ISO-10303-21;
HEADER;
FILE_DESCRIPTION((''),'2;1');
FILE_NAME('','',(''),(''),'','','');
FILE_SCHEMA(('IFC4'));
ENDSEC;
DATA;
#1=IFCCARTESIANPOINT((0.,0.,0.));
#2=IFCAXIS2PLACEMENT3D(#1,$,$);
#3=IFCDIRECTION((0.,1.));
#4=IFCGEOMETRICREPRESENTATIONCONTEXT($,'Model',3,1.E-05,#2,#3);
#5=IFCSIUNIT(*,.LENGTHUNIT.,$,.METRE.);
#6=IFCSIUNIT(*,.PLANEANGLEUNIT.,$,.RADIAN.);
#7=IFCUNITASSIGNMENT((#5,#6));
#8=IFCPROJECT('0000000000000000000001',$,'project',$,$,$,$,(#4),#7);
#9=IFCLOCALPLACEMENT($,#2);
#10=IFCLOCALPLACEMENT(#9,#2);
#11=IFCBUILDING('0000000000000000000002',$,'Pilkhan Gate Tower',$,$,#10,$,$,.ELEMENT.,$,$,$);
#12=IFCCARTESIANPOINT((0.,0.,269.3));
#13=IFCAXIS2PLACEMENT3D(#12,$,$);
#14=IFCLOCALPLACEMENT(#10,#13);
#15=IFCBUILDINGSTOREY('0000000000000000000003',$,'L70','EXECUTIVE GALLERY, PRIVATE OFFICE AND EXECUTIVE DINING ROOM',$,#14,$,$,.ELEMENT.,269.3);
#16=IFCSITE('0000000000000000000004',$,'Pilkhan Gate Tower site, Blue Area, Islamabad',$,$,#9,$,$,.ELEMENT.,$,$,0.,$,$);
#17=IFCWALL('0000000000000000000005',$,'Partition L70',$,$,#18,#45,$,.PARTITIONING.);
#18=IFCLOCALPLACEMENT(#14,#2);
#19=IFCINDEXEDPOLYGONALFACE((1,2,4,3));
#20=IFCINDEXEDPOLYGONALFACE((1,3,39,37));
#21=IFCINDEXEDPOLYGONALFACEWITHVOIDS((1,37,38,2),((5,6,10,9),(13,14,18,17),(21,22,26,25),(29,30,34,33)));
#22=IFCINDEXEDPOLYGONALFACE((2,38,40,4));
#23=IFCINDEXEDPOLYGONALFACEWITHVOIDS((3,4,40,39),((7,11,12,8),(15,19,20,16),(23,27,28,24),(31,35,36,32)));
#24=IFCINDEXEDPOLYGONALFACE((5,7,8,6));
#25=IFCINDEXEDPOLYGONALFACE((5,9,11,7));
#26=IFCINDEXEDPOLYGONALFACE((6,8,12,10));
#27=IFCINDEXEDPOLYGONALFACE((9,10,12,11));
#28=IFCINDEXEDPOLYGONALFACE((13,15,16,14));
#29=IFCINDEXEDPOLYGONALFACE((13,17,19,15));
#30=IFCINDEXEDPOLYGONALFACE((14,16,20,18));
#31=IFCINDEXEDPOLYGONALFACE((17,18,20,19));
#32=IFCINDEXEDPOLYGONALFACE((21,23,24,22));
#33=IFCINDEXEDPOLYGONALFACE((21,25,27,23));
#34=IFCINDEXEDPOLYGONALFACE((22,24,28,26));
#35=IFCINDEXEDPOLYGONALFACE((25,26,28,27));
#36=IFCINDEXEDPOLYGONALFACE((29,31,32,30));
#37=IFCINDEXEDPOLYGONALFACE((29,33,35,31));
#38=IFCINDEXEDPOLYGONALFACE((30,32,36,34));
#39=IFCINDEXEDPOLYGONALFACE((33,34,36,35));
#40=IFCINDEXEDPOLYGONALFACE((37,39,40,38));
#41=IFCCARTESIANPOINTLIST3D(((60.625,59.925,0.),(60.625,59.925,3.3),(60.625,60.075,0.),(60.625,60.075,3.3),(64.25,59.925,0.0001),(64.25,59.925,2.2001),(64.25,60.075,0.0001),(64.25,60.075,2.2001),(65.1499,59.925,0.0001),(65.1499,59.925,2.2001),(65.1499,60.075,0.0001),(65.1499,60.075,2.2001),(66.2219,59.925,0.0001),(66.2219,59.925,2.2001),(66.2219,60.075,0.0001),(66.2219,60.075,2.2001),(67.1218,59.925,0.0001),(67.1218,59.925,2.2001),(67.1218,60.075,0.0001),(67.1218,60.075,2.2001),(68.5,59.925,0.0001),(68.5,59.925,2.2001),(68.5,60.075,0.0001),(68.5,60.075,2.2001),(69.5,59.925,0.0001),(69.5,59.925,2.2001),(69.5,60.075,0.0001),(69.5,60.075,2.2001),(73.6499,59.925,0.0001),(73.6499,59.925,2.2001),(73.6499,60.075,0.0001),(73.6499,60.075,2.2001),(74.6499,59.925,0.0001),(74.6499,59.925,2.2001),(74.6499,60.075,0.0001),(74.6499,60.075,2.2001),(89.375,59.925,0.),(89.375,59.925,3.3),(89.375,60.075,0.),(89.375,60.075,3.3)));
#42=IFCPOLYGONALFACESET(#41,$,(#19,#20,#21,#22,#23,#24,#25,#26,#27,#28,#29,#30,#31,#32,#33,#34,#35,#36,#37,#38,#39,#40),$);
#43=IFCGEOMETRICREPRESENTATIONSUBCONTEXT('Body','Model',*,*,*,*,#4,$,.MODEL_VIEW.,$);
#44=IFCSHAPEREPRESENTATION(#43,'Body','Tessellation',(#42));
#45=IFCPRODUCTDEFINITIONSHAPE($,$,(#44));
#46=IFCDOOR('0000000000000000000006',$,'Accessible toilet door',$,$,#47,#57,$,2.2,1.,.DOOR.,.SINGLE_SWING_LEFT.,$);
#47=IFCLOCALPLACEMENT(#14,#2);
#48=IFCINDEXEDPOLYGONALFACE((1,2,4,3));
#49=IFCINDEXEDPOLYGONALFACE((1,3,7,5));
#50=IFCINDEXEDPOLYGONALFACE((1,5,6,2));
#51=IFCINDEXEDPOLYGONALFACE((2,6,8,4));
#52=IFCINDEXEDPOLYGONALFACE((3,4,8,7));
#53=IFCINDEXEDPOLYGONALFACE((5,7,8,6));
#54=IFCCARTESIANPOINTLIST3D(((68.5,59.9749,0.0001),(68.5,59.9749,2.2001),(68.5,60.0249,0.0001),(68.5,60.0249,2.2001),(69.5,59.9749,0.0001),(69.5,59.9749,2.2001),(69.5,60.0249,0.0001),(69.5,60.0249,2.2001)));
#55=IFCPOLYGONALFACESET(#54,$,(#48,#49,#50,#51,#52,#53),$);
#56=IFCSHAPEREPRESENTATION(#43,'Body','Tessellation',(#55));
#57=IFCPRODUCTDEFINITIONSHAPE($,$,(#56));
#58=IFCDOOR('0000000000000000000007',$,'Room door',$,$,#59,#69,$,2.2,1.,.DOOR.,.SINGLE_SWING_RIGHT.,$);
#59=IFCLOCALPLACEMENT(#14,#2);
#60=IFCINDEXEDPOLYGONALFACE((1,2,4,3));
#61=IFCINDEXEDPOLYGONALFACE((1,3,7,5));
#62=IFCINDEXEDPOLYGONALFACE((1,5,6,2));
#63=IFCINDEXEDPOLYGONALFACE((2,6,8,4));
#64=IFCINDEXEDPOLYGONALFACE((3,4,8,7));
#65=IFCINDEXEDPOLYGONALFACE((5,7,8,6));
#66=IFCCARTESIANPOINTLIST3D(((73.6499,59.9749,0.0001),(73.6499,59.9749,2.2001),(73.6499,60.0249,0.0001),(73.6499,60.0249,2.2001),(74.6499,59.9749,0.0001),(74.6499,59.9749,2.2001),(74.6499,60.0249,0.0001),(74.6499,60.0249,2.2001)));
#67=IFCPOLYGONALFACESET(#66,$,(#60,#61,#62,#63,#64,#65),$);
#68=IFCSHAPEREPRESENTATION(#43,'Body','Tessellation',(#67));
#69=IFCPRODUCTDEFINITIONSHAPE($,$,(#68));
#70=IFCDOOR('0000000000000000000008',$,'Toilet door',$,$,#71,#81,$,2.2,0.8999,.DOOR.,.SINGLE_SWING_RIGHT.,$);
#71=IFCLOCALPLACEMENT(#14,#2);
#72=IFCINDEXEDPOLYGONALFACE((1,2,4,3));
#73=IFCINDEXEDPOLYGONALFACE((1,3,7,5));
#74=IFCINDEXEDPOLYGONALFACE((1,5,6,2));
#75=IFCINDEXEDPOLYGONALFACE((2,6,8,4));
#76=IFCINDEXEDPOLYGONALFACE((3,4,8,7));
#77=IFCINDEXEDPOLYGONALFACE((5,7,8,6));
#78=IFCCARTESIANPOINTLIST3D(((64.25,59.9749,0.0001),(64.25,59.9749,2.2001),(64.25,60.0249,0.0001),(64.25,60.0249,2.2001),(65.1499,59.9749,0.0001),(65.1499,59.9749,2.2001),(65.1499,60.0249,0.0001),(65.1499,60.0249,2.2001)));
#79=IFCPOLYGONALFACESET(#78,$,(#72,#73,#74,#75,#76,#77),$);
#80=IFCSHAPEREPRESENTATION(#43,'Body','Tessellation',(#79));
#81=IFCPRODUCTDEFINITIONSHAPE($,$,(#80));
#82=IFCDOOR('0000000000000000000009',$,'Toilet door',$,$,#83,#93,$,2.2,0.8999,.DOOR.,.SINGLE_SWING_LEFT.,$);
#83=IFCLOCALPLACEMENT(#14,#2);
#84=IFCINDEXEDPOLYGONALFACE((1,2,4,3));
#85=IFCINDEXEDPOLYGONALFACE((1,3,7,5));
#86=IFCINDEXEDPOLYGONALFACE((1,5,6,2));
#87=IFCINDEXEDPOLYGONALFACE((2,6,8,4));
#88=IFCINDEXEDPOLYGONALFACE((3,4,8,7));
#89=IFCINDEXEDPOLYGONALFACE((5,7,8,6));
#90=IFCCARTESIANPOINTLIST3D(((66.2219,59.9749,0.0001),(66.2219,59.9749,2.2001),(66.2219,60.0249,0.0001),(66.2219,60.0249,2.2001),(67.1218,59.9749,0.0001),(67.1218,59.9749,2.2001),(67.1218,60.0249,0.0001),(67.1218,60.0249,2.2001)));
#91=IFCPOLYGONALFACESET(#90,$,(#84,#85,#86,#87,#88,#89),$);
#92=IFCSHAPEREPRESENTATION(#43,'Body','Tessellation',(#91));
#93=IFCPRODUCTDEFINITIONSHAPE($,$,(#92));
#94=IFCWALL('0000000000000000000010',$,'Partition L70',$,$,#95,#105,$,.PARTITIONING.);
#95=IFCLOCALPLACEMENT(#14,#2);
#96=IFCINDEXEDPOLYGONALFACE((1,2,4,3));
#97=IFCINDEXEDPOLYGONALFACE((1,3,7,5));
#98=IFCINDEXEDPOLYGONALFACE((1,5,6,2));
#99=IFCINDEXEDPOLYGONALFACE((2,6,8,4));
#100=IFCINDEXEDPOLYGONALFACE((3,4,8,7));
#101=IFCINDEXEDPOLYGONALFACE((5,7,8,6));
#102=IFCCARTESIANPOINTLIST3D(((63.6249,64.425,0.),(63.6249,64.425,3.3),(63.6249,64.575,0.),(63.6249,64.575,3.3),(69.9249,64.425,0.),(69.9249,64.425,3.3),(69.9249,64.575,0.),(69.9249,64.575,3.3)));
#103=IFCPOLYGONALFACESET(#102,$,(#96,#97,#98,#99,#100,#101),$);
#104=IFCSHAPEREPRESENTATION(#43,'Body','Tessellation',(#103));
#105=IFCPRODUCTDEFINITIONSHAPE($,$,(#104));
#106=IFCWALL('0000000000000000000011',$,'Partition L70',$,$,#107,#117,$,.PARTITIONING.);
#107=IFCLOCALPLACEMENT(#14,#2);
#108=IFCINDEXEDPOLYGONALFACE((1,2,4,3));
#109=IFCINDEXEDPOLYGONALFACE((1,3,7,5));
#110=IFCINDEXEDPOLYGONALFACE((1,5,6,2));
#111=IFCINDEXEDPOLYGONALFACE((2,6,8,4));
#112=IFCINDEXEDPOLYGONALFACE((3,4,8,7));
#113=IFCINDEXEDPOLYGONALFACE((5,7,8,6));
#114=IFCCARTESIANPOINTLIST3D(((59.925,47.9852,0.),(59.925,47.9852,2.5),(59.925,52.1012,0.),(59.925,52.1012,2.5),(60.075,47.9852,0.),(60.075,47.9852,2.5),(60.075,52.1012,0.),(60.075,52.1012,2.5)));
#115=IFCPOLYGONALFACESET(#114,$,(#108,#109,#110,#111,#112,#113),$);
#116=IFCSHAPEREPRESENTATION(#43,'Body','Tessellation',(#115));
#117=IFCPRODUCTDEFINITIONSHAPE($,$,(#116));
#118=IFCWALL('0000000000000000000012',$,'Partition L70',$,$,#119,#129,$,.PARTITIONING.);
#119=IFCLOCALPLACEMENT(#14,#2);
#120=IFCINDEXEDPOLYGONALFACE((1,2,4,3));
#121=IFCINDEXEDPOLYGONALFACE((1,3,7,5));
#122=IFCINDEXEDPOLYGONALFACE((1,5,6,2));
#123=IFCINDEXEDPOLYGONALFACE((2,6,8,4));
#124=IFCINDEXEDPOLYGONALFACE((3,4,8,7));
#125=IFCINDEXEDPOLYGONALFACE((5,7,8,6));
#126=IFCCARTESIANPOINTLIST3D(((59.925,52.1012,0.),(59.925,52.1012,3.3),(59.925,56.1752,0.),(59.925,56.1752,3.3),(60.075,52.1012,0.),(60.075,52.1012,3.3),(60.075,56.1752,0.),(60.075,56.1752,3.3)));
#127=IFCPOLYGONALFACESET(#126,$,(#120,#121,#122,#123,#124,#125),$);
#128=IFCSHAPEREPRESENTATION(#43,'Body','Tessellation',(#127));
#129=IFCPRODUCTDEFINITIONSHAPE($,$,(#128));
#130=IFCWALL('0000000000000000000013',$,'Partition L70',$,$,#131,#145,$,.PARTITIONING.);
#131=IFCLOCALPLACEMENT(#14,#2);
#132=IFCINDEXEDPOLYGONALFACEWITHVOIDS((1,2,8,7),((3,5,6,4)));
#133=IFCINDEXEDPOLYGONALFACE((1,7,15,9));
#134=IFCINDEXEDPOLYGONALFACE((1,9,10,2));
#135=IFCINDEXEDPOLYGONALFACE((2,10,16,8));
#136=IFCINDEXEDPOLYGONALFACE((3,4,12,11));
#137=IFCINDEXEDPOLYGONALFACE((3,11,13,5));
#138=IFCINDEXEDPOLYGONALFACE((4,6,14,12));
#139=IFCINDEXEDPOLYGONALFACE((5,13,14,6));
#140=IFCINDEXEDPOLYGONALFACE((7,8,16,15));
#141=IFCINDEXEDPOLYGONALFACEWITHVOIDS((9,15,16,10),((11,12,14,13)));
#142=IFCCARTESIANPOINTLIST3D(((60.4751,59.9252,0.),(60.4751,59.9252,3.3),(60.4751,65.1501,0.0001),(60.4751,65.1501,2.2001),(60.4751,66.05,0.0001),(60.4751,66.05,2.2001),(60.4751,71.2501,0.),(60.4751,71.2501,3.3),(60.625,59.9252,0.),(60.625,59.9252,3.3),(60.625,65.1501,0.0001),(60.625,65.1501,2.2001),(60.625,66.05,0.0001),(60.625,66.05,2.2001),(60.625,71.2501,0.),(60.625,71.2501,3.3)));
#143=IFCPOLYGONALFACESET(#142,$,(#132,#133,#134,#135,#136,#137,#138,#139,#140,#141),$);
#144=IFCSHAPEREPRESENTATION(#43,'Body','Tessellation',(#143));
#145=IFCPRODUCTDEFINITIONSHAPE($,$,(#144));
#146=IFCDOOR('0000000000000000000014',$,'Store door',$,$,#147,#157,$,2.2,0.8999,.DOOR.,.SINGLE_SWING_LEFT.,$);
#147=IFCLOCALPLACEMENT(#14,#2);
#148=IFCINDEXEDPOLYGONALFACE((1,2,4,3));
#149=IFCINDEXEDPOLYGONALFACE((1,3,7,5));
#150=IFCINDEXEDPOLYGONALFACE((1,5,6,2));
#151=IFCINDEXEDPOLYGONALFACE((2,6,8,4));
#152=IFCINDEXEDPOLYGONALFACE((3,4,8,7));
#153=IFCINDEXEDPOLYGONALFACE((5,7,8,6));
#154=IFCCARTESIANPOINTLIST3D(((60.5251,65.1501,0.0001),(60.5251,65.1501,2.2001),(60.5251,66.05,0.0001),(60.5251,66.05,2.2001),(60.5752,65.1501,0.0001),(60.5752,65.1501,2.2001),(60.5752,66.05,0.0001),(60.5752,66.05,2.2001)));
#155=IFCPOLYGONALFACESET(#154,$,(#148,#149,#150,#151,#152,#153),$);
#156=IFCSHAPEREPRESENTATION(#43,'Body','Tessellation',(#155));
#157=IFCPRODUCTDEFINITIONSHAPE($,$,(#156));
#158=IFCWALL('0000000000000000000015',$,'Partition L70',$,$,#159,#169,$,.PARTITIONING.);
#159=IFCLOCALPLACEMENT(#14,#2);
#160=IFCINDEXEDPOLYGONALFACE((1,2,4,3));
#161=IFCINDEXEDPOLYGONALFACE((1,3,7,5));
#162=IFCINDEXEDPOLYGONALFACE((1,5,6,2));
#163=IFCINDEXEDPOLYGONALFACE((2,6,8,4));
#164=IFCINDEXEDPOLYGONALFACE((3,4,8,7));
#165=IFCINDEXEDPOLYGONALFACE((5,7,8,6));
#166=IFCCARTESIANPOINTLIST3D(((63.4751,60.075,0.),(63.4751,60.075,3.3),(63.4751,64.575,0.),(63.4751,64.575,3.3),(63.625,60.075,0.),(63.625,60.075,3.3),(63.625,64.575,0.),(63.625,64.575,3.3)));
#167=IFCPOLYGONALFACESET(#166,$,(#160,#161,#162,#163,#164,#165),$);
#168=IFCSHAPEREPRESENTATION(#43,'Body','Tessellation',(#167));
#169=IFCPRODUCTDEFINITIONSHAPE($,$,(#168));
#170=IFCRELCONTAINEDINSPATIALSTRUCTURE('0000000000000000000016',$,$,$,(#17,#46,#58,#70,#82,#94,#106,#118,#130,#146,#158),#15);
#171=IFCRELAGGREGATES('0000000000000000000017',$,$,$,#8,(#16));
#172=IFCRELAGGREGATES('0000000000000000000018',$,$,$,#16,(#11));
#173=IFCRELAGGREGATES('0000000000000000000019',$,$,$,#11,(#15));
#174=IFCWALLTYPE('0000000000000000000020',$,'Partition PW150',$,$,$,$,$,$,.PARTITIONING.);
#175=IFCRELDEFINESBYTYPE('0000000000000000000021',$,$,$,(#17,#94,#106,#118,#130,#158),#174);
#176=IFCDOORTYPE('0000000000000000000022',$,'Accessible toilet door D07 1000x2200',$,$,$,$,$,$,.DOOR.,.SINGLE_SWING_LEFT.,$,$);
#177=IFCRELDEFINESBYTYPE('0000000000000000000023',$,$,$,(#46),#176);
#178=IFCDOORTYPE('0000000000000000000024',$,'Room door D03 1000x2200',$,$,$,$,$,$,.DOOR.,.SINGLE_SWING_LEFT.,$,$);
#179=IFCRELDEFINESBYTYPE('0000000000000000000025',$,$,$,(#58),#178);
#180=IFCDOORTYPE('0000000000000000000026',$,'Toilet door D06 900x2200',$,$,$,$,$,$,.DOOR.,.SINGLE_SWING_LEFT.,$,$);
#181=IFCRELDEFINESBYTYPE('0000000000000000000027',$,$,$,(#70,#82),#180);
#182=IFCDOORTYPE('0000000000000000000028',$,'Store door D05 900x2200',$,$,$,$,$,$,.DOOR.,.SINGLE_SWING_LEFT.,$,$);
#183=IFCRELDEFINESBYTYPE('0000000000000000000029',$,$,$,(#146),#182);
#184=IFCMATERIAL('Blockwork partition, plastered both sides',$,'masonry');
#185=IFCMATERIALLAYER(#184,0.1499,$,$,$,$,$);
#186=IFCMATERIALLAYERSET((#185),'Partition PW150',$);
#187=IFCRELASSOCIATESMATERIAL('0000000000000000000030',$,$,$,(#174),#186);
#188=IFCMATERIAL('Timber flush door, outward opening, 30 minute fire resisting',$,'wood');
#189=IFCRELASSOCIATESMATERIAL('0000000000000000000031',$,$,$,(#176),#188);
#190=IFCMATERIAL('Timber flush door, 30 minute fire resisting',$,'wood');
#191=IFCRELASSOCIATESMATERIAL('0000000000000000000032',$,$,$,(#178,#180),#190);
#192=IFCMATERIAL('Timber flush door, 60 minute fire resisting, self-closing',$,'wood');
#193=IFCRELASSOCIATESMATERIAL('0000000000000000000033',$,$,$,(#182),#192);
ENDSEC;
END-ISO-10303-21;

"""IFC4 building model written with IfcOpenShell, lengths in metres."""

from ifc_helpers import new_model, si_unit, direction, frame, frame_2d, origin, place, context, subcontext, project, spatial, rectangle, extrude, material, layer, layer_set, type_object, element, fill, save


model = new_model("IFC4")

# Units and contexts
model_context = context("Model", 3, precision=1e-05, world=origin(), true_north=direction((0.0, 1.0)))
body_context = subcontext(model_context, "Body", "Model", "MODEL_VIEW")
ifc_project = project(units=[si_unit("LENGTHUNIT", "METRE"), si_unit("PLANEANGLEUNIT", "RADIAN")], contexts=[model_context])

# Site, building, storey
site_placement = place(None, origin())
site = spatial("IfcSite", under=ifc_project, at=site_placement, Name="Pilkhan Gate Tower site, Blue Area, Islamabad", CompositionType="ELEMENT", RefElevation=0.0)
building_placement = place(site_placement, origin())
building = spatial("IfcBuilding", under=site, at=building_placement, Name="Pilkhan Gate Tower", CompositionType="ELEMENT")
storey_placement = place(building_placement, frame((0.0, 0.0, 269.3)))
storey = spatial("IfcBuildingStorey", under=building, at=storey_placement, Name="L70", Description="EXECUTIVE GALLERY, PRIVATE OFFICE AND EXECUTIVE DINING ROOM", CompositionType="ELEMENT", Elevation=269.3)

# Wall, openings, doors
ifc_material_1 = material(Name="Blockwork partition, plastered both sides", Category="masonry")
ifc_layer_1 = layer(ifc_material_1, 0.1499)
ifc_layer_set_1 = layer_set([ifc_layer_1], Name="Partition PW150")
wall_type_1 = type_object("IfcWallType", Name="Partition PW150", PredefinedType="PARTITIONING", material=ifc_layer_set_1)
wall_1_placement = place(storey_placement, frame((60.625, 60.0, 0.0), z_axis=(0.0, 0.0, 1.0), x_axis=(1.0, 0.0, 0.0)))
wall_1 = element("IfcWall", 1, at=wall_1_placement, inside=storey, type_object=wall_type_1, Name="Partition L70", PredefinedType="PARTITIONING", context=body_context, shape_type="SweptSolid", body=[
    extrude(rectangle(XDim=28.75, YDim=0.1499, at=frame_2d((14.375, 0.0))), origin(), (0.0, 0.0, 1.0), 3.3),
])
opening_1_placement = place(wall_1_placement, frame((3.625, 0.0, 0.0)))
opening_1 = element("IfcOpeningElement", 2, at=opening_1_placement, cuts=wall_1, PredefinedType="OPENING", context=body_context, shape_type="SweptSolid", body=[
    extrude(rectangle(XDim=0.8999, YDim=2.2, at=frame_2d((0.45, 1.1001))), frame((0.0, 0.085, 0.0), z_axis=(0.0, -1.0, 0.0), x_axis=(1.0, 0.0, 0.0)), (0.0, 0.0, 1.0), 0.1699),
])
opening_2_placement = place(wall_1_placement, frame((5.5969, 0.0, 0.0)))
opening_2 = element("IfcOpeningElement", 3, at=opening_2_placement, cuts=wall_1, PredefinedType="OPENING", context=body_context, shape_type="SweptSolid", body=[
    extrude(rectangle(XDim=0.8999, YDim=2.2, at=frame_2d((0.45, 1.1001))), frame((0.0, 0.085, 0.0), z_axis=(0.0, -1.0, 0.0), x_axis=(1.0, 0.0, 0.0)), (0.0, 0.0, 1.0), 0.1699),
])
opening_3_placement = place(wall_1_placement, frame((7.875, 0.0, 0.0)))
opening_3 = element("IfcOpeningElement", 4, at=opening_3_placement, cuts=wall_1, PredefinedType="OPENING", context=body_context, shape_type="SweptSolid", body=[
    extrude(rectangle(XDim=1.0, YDim=2.2, at=frame_2d((0.5, 1.1001))), frame((0.0, 0.085, 0.0), z_axis=(0.0, -1.0, 0.0), x_axis=(1.0, 0.0, 0.0)), (0.0, 0.0, 1.0), 0.1699),
])
opening_4_placement = place(wall_1_placement, frame((13.0249, 0.0, 0.0)))
opening_4 = element("IfcOpeningElement", 5, at=opening_4_placement, cuts=wall_1, PredefinedType="OPENING", context=body_context, shape_type="SweptSolid", body=[
    extrude(rectangle(XDim=1.0, YDim=2.2, at=frame_2d((0.5, 1.1001))), frame((0.0, 0.085, 0.0), z_axis=(0.0, -1.0, 0.0), x_axis=(1.0, 0.0, 0.0)), (0.0, 0.0, 1.0), 0.1699),
])
ifc_material_2 = material(Name="Timber flush door, outward opening, 30 minute fire resisting", Category="wood")
door_type_1 = type_object("IfcDoorType", Name="Accessible toilet door D07 1000x2200", OperationType="SINGLE_SWING_LEFT", PredefinedType="DOOR", material=ifc_material_2)
door_1_placement = place(opening_3_placement, origin())
door_1 = element("IfcDoor", 6, at=door_1_placement, inside=storey, type_object=door_type_1, Name="Accessible toilet door", OperationType="SINGLE_SWING_LEFT", OverallHeight=2.2, OverallWidth=1.0, PredefinedType="DOOR", context=body_context, shape_type="SweptSolid", body=[
    extrude(rectangle(XDim=1.0, YDim=2.2, at=frame_2d((0.5, 1.1001))), frame((0.0, 0.0249, 0.0), z_axis=(0.0, -1.0, 0.0), x_axis=(1.0, 0.0, 0.0)), (0.0, 0.0, 1.0), 0.05),
])
fill(opening_3, door_1)
ifc_material_3 = material(Name="Timber flush door, 30 minute fire resisting", Category="wood")
door_type_2 = type_object("IfcDoorType", Name="Room door D03 1000x2200", OperationType="SINGLE_SWING_LEFT", PredefinedType="DOOR", material=ifc_material_3)
door_2_placement = place(opening_4_placement, origin())
door_2 = element("IfcDoor", 7, at=door_2_placement, inside=storey, type_object=door_type_2, Name="Room door", OperationType="SINGLE_SWING_RIGHT", OverallHeight=2.2, OverallWidth=1.0, PredefinedType="DOOR", context=body_context, shape_type="SweptSolid", body=[
    extrude(rectangle(XDim=1.0, YDim=2.2, at=frame_2d((0.5, 1.1001))), frame((0.0, 0.0249, 0.0), z_axis=(0.0, -1.0, 0.0), x_axis=(1.0, 0.0, 0.0)), (0.0, 0.0, 1.0), 0.05),
])
fill(opening_4, door_2)
door_type_3 = type_object("IfcDoorType", Name="Toilet door D06 900x2200", OperationType="SINGLE_SWING_LEFT", PredefinedType="DOOR", material=ifc_material_3)
door_3_placement = place(opening_1_placement, origin())
door_3 = element("IfcDoor", 8, at=door_3_placement, inside=storey, type_object=door_type_3, Name="Toilet door", OperationType="SINGLE_SWING_RIGHT", OverallHeight=2.2, OverallWidth=0.8999, PredefinedType="DOOR", context=body_context, shape_type="SweptSolid", body=[
    extrude(rectangle(XDim=0.8999, YDim=2.2, at=frame_2d((0.45, 1.1001))), frame((0.0, 0.0249, 0.0), z_axis=(0.0, -1.0, 0.0), x_axis=(1.0, 0.0, 0.0)), (0.0, 0.0, 1.0), 0.05),
])
fill(opening_1, door_3)
door_4_placement = place(opening_2_placement, origin())
door_4 = element("IfcDoor", 9, at=door_4_placement, inside=storey, type_object=door_type_3, Name="Toilet door", OperationType="SINGLE_SWING_LEFT", OverallHeight=2.2, OverallWidth=0.8999, PredefinedType="DOOR", context=body_context, shape_type="SweptSolid", body=[
    extrude(rectangle(XDim=0.8999, YDim=2.2, at=frame_2d((0.45, 1.1001))), frame((0.0, 0.0249, 0.0), z_axis=(0.0, -1.0, 0.0), x_axis=(1.0, 0.0, 0.0)), (0.0, 0.0, 1.0), 0.05),
])
fill(opening_2, door_4)

# Walls
wall_2_placement = place(storey_placement, frame((63.625, 64.5, 0.0), z_axis=(0.0, 0.0, 1.0), x_axis=(1.0, 0.0, 0.0)))
element("IfcWall", 10, at=wall_2_placement, inside=storey, type_object=wall_type_1, Name="Partition L70", PredefinedType="PARTITIONING", context=body_context, shape_type="SweptSolid", body=[
    extrude(rectangle(XDim=6.3, YDim=0.1499, at=frame_2d((3.1499, 0.0))), origin(), (0.0, 0.0, 1.0), 3.3),
])
wall_3_placement = place(storey_placement, frame((60.0, 47.9851, 0.0), z_axis=(0.0, 0.0, 1.0), x_axis=(0.0, 1.0, 0.0)))
element("IfcWall", 11, at=wall_3_placement, inside=storey, type_object=wall_type_1, Name="Partition L70", PredefinedType="PARTITIONING", context=body_context, shape_type="SweptSolid", body=[
    extrude(rectangle(XDim=4.116, YDim=0.1499, at=frame_2d((2.0581, 0.0))), origin(), (0.0, 0.0, 1.0), 2.5),
])
wall_4_placement = place(storey_placement, frame((60.0, 52.1011, 0.0), z_axis=(0.0, 0.0, 1.0), x_axis=(0.0, 1.0, 0.0)))
element("IfcWall", 12, at=wall_4_placement, inside=storey, type_object=wall_type_1, Name="Partition L70", PredefinedType="PARTITIONING", context=body_context, shape_type="SweptSolid", body=[
    extrude(rectangle(XDim=4.074, YDim=0.1499, at=frame_2d((2.0371, 0.0))), origin(), (0.0, 0.0, 1.0), 3.3),
])

# Wall, opening, door
wall_5_placement = place(storey_placement, frame((60.55, 59.925, 0.0), z_axis=(0.0, 0.0, 1.0), x_axis=(0.0, 1.0, 0.0)))
wall_5 = element("IfcWall", 13, at=wall_5_placement, inside=storey, type_object=wall_type_1, Name="Partition L70", PredefinedType="PARTITIONING", context=body_context, shape_type="SweptSolid", body=[
    extrude(rectangle(XDim=11.325, YDim=0.1499, at=frame_2d((5.6626, 0.0))), origin(), (0.0, 0.0, 1.0), 3.3),
])
opening_5_placement = place(wall_5_placement, frame((5.2251, 0.0, 0.0)))
opening_5 = element("IfcOpeningElement", 14, at=opening_5_placement, cuts=wall_5, PredefinedType="OPENING", context=body_context, shape_type="SweptSolid", body=[
    extrude(rectangle(XDim=0.8999, YDim=2.2, at=frame_2d((0.45, 1.1001))), frame((0.0, 0.085, 0.0), z_axis=(0.0, -1.0, 0.0), x_axis=(1.0, 0.0, 0.0)), (0.0, 0.0, 1.0), 0.1699),
])
ifc_material_4 = material(Name="Timber flush door, 60 minute fire resisting, self-closing", Category="wood")
door_type_4 = type_object("IfcDoorType", Name="Store door D05 900x2200", OperationType="SINGLE_SWING_LEFT", PredefinedType="DOOR", material=ifc_material_4)
door_5_placement = place(opening_5_placement, origin())
door_5 = element("IfcDoor", 15, at=door_5_placement, inside=storey, type_object=door_type_4, Name="Store door", OperationType="SINGLE_SWING_LEFT", OverallHeight=2.2, OverallWidth=0.8999, PredefinedType="DOOR", context=body_context, shape_type="SweptSolid", body=[
    extrude(rectangle(XDim=0.8999, YDim=2.2, at=frame_2d((0.45, 1.1001))), frame((0.0, 0.0249, 0.0), z_axis=(0.0, -1.0, 0.0), x_axis=(1.0, 0.0, 0.0)), (0.0, 0.0, 1.0), 0.05),
])
fill(opening_5, door_5)

# Wall
wall_6_placement = place(storey_placement, frame((63.55, 60.075, 0.0), z_axis=(0.0, 0.0, 1.0), x_axis=(0.0, 1.0, 0.0)))
element("IfcWall", 16, at=wall_6_placement, inside=storey, type_object=wall_type_1, Name="Partition L70", PredefinedType="PARTITIONING", context=body_context, shape_type="SweptSolid", body=[
    extrude(rectangle(XDim=4.5, YDim=0.1499, at=frame_2d((2.25, 0.0))), origin(), (0.0, 0.0, 1.0), 3.3),
])

save(model, "model.ifc")
